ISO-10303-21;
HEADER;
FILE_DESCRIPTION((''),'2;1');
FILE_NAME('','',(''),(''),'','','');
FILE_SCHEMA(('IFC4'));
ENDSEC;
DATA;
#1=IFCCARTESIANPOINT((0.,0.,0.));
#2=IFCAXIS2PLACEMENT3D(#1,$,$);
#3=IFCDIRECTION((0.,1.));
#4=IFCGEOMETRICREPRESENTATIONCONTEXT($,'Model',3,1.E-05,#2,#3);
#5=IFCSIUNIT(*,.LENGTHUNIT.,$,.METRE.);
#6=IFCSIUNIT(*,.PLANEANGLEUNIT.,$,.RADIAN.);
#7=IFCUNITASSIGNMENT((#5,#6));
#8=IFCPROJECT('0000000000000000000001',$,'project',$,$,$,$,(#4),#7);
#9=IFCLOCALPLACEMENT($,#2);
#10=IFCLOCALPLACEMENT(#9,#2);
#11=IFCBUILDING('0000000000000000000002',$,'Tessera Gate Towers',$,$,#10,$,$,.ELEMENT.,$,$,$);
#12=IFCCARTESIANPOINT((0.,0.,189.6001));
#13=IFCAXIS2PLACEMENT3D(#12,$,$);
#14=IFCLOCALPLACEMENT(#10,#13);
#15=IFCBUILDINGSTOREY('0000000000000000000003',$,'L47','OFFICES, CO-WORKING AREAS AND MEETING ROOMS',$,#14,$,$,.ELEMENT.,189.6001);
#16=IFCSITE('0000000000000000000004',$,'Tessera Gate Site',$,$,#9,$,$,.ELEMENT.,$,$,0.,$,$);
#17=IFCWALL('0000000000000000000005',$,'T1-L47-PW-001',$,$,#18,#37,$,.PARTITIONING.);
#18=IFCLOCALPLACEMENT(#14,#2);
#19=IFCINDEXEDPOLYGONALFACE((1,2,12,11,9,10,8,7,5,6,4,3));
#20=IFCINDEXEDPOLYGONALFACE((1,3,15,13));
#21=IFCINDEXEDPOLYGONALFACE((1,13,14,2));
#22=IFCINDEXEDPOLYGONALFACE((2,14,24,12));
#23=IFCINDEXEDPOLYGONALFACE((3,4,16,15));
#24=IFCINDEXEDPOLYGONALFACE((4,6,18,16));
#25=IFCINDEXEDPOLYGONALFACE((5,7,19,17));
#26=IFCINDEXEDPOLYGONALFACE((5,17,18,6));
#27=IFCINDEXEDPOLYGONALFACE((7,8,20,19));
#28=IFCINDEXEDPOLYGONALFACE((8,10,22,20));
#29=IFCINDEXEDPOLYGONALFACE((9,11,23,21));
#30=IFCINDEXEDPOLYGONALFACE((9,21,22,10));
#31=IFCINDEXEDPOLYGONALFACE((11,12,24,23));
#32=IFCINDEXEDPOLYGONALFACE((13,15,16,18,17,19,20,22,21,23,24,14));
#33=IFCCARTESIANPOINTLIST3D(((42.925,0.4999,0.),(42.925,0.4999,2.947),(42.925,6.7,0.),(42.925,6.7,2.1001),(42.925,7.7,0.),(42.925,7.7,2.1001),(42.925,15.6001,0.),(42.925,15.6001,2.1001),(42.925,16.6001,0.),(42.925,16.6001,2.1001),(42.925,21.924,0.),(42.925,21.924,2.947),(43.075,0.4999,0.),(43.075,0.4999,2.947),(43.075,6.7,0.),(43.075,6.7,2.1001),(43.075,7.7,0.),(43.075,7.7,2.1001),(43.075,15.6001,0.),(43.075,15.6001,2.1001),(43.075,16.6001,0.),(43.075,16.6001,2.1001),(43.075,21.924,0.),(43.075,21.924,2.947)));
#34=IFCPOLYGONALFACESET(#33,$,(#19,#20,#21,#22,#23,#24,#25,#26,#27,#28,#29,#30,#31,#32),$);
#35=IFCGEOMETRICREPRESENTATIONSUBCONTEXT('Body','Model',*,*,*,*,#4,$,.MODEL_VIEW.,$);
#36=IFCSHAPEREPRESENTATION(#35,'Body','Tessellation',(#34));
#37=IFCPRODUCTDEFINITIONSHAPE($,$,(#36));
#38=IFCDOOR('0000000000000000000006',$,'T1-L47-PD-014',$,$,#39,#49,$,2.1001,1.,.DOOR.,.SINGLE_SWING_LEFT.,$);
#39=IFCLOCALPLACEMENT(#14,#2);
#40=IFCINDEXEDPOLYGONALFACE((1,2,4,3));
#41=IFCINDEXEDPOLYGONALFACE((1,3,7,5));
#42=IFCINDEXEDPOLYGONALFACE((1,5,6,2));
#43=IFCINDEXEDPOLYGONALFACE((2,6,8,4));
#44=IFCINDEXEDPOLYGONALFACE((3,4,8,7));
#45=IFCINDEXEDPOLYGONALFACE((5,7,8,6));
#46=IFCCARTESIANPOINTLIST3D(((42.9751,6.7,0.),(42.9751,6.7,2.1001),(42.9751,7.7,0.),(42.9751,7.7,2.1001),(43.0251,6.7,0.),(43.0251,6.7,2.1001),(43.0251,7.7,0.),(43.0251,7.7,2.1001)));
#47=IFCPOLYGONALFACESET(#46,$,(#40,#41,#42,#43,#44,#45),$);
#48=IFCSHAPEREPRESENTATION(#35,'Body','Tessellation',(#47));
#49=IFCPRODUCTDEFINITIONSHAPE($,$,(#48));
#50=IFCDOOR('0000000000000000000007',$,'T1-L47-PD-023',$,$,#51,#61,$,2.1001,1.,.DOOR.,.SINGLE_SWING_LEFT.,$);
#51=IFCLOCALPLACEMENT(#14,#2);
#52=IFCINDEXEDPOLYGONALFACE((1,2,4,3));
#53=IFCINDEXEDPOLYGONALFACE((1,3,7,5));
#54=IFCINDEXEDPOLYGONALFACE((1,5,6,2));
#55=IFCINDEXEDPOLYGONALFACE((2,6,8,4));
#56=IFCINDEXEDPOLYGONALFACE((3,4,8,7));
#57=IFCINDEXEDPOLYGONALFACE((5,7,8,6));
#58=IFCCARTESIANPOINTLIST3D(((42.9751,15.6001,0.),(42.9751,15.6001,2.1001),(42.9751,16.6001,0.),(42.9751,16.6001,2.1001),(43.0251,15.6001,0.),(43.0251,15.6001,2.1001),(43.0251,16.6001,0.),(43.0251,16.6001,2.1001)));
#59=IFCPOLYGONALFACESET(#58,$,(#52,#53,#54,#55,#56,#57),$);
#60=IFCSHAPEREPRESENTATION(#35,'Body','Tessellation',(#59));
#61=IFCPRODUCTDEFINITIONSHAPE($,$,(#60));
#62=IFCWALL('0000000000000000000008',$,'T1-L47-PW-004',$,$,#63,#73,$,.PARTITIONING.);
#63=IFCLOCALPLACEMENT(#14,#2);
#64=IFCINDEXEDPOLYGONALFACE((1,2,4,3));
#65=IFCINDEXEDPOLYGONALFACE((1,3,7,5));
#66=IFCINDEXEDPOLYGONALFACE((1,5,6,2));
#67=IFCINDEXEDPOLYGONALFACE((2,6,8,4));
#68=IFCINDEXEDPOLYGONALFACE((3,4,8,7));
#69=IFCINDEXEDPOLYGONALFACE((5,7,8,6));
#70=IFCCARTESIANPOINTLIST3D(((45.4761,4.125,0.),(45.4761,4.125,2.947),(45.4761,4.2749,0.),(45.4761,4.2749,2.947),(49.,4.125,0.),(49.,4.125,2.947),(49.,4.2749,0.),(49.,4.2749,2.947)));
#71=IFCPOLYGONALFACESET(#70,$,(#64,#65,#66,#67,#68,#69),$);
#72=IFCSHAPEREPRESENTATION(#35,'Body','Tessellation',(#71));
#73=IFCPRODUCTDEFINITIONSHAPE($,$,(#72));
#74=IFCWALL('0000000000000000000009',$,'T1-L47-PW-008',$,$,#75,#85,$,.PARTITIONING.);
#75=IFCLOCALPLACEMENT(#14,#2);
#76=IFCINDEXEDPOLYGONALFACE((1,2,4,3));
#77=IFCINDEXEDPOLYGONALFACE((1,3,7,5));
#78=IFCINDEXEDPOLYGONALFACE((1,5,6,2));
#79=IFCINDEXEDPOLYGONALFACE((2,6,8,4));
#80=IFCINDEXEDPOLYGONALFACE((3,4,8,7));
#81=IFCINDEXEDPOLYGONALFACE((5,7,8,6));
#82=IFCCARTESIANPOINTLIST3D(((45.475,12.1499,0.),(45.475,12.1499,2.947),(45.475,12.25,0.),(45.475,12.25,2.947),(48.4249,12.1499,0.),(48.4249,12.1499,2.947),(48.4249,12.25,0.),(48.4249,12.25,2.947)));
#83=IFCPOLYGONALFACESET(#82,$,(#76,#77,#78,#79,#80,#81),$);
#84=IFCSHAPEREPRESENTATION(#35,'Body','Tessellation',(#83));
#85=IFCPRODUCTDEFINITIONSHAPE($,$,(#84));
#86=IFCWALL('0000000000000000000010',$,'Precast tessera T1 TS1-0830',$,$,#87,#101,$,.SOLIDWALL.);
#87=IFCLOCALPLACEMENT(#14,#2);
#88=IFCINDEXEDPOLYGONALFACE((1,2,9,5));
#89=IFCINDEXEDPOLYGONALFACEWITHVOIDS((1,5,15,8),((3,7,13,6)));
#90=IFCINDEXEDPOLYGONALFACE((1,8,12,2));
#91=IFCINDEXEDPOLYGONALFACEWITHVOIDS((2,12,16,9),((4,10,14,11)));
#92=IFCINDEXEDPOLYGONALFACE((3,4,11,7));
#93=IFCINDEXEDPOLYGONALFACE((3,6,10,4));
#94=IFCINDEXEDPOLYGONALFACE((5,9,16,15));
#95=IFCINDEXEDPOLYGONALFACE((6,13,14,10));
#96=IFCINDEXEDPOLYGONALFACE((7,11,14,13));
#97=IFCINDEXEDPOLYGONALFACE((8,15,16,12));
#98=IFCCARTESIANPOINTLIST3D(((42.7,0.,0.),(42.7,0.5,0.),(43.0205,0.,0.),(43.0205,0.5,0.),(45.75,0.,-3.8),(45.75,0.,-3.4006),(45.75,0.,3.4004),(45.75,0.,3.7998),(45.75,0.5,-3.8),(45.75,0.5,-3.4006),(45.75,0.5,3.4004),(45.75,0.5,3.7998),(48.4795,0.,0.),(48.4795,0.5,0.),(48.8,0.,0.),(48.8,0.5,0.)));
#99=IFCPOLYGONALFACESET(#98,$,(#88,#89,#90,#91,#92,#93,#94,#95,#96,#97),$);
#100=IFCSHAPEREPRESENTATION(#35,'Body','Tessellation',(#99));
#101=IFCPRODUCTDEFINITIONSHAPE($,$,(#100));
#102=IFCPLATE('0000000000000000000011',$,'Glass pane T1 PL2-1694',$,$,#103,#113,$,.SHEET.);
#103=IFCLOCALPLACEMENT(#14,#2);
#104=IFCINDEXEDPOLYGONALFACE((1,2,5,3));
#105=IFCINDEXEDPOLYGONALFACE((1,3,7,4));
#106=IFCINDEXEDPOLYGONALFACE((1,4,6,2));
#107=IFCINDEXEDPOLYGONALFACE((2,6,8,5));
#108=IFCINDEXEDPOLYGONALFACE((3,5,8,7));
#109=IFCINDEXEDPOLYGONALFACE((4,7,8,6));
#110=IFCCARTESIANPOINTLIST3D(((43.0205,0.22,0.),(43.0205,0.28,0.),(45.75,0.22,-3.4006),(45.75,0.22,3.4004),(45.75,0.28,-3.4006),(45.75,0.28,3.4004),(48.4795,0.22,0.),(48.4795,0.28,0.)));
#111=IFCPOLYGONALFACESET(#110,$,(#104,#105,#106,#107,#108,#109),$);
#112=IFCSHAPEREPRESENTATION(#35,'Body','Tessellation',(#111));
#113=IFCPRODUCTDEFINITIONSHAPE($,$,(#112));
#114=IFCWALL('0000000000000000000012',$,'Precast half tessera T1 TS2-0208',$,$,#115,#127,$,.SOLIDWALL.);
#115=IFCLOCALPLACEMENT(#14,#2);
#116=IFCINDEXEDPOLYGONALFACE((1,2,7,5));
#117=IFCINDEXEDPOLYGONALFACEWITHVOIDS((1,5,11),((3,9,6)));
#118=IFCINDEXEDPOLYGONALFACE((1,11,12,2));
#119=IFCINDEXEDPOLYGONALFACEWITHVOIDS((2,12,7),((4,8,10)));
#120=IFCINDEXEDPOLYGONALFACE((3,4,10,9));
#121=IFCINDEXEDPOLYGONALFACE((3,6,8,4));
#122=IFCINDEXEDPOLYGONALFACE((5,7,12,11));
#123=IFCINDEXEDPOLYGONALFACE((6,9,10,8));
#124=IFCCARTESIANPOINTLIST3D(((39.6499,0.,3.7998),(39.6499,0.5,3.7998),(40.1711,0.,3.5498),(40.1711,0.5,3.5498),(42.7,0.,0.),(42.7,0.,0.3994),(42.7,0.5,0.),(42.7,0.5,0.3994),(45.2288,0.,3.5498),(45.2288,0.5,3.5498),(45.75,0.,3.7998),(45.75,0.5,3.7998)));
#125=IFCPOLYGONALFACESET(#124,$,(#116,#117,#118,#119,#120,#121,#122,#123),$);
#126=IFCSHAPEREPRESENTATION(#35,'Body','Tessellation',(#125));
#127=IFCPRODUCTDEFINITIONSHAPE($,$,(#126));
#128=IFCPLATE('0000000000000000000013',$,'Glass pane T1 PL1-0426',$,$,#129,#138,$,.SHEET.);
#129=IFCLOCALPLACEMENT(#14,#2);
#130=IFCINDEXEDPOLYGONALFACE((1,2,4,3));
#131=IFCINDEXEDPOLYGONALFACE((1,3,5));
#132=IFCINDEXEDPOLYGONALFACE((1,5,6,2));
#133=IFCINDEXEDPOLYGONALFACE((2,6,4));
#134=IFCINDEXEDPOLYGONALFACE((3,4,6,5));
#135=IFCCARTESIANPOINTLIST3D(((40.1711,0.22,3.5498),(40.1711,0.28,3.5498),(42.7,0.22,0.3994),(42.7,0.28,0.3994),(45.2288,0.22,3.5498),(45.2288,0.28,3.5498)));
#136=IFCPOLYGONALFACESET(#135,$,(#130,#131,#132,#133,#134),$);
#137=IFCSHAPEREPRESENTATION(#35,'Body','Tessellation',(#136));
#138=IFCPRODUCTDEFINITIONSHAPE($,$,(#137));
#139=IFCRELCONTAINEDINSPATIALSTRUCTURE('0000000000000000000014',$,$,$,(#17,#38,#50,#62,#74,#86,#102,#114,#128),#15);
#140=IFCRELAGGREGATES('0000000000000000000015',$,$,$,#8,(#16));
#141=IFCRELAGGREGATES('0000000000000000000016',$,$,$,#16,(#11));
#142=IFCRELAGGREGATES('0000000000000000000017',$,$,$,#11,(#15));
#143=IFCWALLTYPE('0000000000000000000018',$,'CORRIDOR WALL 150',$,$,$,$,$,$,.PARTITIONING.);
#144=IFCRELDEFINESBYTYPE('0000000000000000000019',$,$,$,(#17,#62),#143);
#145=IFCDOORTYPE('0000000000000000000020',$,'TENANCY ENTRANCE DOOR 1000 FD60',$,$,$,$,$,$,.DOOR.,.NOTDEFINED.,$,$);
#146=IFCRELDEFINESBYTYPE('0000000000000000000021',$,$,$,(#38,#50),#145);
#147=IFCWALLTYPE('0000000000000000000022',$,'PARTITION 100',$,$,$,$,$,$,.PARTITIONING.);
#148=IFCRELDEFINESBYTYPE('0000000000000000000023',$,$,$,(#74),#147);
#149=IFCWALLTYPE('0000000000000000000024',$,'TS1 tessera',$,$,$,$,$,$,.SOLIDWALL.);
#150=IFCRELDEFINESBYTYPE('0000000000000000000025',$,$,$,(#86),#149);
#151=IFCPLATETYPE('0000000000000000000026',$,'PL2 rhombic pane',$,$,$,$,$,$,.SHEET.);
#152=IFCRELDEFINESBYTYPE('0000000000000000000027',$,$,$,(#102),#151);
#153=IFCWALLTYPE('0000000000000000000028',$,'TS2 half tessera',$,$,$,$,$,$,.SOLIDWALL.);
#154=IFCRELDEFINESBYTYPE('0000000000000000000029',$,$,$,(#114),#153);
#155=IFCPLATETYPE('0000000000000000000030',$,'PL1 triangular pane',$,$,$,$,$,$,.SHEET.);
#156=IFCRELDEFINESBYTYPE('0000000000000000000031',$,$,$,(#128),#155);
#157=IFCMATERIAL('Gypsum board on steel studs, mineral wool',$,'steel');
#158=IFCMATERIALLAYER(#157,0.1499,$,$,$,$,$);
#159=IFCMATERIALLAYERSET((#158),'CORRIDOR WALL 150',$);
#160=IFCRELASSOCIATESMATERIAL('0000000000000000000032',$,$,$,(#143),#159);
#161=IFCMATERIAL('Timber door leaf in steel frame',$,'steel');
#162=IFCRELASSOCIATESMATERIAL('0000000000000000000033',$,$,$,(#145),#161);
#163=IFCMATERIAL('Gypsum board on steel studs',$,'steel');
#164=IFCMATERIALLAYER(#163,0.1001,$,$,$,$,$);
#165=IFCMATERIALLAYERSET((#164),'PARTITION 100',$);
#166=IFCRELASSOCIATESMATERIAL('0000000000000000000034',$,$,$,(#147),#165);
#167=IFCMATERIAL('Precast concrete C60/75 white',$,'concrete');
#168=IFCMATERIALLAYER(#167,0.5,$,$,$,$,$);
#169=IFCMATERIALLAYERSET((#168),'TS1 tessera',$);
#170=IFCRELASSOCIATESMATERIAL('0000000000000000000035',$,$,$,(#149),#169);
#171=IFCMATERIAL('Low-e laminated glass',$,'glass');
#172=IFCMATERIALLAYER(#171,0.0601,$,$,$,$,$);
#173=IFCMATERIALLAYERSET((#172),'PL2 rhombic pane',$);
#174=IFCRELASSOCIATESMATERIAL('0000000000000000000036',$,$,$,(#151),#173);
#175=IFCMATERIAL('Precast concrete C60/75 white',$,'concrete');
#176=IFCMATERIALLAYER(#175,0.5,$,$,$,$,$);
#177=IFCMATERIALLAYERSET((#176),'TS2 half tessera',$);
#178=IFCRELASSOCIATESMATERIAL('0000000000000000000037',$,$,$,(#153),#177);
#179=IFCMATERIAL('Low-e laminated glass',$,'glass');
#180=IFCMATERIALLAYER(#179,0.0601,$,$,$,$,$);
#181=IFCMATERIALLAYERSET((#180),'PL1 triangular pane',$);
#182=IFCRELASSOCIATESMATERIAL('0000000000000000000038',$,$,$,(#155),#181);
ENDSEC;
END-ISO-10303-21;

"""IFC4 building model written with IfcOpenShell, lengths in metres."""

from ifc_helpers import new_model, si_unit, direction, frame, frame_2d, origin, place, context, subcontext, project, spatial, polyline, rectangle, outline, extrude, source, transform, mapped, material, layer, layer_set, type_object, element, fill, save


model = new_model("IFC4")

# Units and contexts
model_context = context("Model", 3, precision=1e-05, world=origin(), true_north=direction((0.0, 1.0)))
body_context = subcontext(model_context, "Body", "Model", "MODEL_VIEW")
ifc_project = project(units=[si_unit("LENGTHUNIT", "METRE"), si_unit("PLANEANGLEUNIT", "RADIAN")], contexts=[model_context])

# Site, building, storey
site_placement = place(None, origin())
site = spatial("IfcSite", under=ifc_project, at=site_placement, Name="Tessera Gate Site", CompositionType="ELEMENT", RefElevation=0.0)
building_placement = place(site_placement, origin())
building = spatial("IfcBuilding", under=site, at=building_placement, Name="Tessera Gate Towers", CompositionType="ELEMENT")
storey_placement = place(building_placement, frame((0.0, 0.0, 189.6001)))
storey = spatial("IfcBuildingStorey", under=building, at=storey_placement, Name="L47", Description="OFFICES, CO-WORKING AREAS AND MEETING ROOMS", CompositionType="ELEMENT", Elevation=189.6001)

# Wall, openings, doors
ifc_material_1 = material(Name="Gypsum board on steel studs, mineral wool", Category="steel")
ifc_layer_1 = layer(ifc_material_1, 0.1499)
ifc_layer_set_1 = layer_set([ifc_layer_1], Name="CORRIDOR WALL 150")
wall_type_1 = type_object("IfcWallType", Name="CORRIDOR WALL 150", PredefinedType="PARTITIONING", material=ifc_layer_set_1)
wall_1_placement = place(storey_placement, frame((43.0, 0.5, 0.0), z_axis=(0.0, 0.0, 1.0), x_axis=(0.0, 1.0, 0.0)))
wall_1 = element("IfcWall", 1, at=wall_1_placement, inside=storey, type_object=wall_type_1, Name="T1-L47-PW-001", PredefinedType="PARTITIONING", context=body_context, shape_type="SweptSolid", body=[
    extrude(rectangle(XDim=21.4241, YDim=0.1499, at=frame_2d((10.7119, 0.0))), origin(), (0.0, 0.0, 1.0), 2.947),
])
shared_shape_1 = source(origin(), body_context, "Body", "SweptSolid", [
    extrude(rectangle(XDim=1.0, YDim=2.1001, at=frame_2d((0.5, 1.05))), frame((0.0, 0.085, 0.0), z_axis=(0.0, -1.0, 0.0), x_axis=(1.0, 0.0, 0.0)), (0.0, 0.0, 1.0), 0.1699),
])
opening_1_placement = place(wall_1_placement, frame((6.2, 0.0, 0.0)))
opening_1 = element("IfcOpeningElement", 2, at=opening_1_placement, cuts=wall_1, PredefinedType="OPENING", context=body_context, shape_type="MappedRepresentation", body=[
    mapped(shared_shape_1, transform((0.0, 0.0, 0.0), scale=1.0)),
])
opening_2_placement = place(wall_1_placement, frame((15.1001, 0.0, 0.0)))
opening_2 = element("IfcOpeningElement", 3, at=opening_2_placement, cuts=wall_1, PredefinedType="OPENING", context=body_context, shape_type="MappedRepresentation", body=[
    mapped(shared_shape_1, transform((0.0, 0.0, 0.0), scale=1.0)),
])
ifc_material_2 = material(Name="Timber door leaf in steel frame", Category="steel")
door_type = type_object("IfcDoorType", Name="TENANCY ENTRANCE DOOR 1000 FD60", OperationType="NOTDEFINED", PredefinedType="DOOR", material=ifc_material_2)
shared_shape_2 = source(origin(), body_context, "Body", "SweptSolid", [
    extrude(rectangle(XDim=1.0, YDim=2.1001, at=frame_2d((0.5, 1.05))), frame((0.0, 0.0249, 0.0), z_axis=(0.0, -1.0, 0.0), x_axis=(1.0, 0.0, 0.0)), (0.0, 0.0, 1.0), 0.05),
])
door_1_placement = place(opening_1_placement, origin())
door_1 = element("IfcDoor", 4, at=door_1_placement, inside=storey, type_object=door_type, Name="T1-L47-PD-014", OperationType="SINGLE_SWING_LEFT", OverallHeight=2.1001, OverallWidth=1.0, PredefinedType="DOOR", context=body_context, shape_type="MappedRepresentation", body=[
    mapped(shared_shape_2, transform((0.0, 0.0, 0.0), scale=1.0)),
])
fill(opening_1, door_1)
door_2_placement = place(opening_2_placement, origin())
door_2 = element("IfcDoor", 5, at=door_2_placement, inside=storey, type_object=door_type, Name="T1-L47-PD-023", OperationType="SINGLE_SWING_LEFT", OverallHeight=2.1001, OverallWidth=1.0, PredefinedType="DOOR", context=body_context, shape_type="MappedRepresentation", body=[
    mapped(shared_shape_2, transform((0.0, 0.0, 0.0), scale=1.0)),
])
fill(opening_2, door_2)

# Walls
wall_2_placement = place(storey_placement, frame((45.4761, 4.2, 0.0), z_axis=(0.0, 0.0, 1.0), x_axis=(1.0, 0.0, 0.0)))
element("IfcWall", 6, at=wall_2_placement, inside=storey, type_object=wall_type_1, Name="T1-L47-PW-004", PredefinedType="PARTITIONING", context=body_context, shape_type="SweptSolid", body=[
    extrude(rectangle(XDim=3.5239, YDim=0.1499, at=frame_2d((1.762, 0.0))), origin(), (0.0, 0.0, 1.0), 2.947),
])
ifc_material_3 = material(Name="Gypsum board on steel studs", Category="steel")
ifc_layer_2 = layer(ifc_material_3, 0.1001)
ifc_layer_set_2 = layer_set([ifc_layer_2], Name="PARTITION 100")
wall_type_2 = type_object("IfcWallType", Name="PARTITION 100", PredefinedType="PARTITIONING", material=ifc_layer_set_2)
wall_3_placement = place(storey_placement, frame((48.425, 12.2, 0.0), z_axis=(0.0, 0.0, 1.0), x_axis=(-1.0, 0.0, 0.0)))
element("IfcWall", 7, at=wall_3_placement, inside=storey, type_object=wall_type_2, Name="T1-L47-PW-008", PredefinedType="PARTITIONING", context=body_context, shape_type="SweptSolid", body=[
    extrude(rectangle(XDim=2.95, YDim=0.1001, at=frame_2d((1.4751, 0.0))), origin(), (0.0, 0.0, 1.0), 2.947),
])

# Walls, openings, plates
ifc_material_4 = material(Name="Precast concrete C60/75 white", Category="concrete")
ifc_layer_3 = layer(ifc_material_4, 0.5)
ifc_layer_set_3 = layer_set([ifc_layer_3], Name="TS1 tessera")
wall_type_3 = type_object("IfcWallType", Name="TS1 tessera", PredefinedType="SOLIDWALL", material=ifc_layer_set_3)
shared_shape_3 = source(origin(), body_context, "Body", "SweptSolid", [
    extrude(outline(polyline([(3.05, 0.0), (6.1001, 3.8), (3.05, 7.5999), (0.0, 3.8), (3.05, 0.0)])), frame((0.0, 0.25, 0.0), z_axis=(0.0, -1.0, 0.0), x_axis=(1.0, 0.0, 0.0)), (0.0, 0.0, 1.0), 0.5),
])
wall_4_placement = place(storey_placement, frame((42.7, 0.25, -3.8), z_axis=(0.0, 0.0, 1.0), x_axis=(1.0, 0.0, 0.0)))
wall_4 = element("IfcWall", 8, at=wall_4_placement, inside=storey, type_object=wall_type_3, Name="Precast tessera T1 TS1-0830", PredefinedType="SOLIDWALL", context=body_context, shape_type="MappedRepresentation", body=[
    mapped(shared_shape_3, transform((0.0, 0.0, 0.0), scale=1.0)),
])
shared_shape_4 = source(origin(), body_context, "Body", "SweptSolid", [
    extrude(outline(polyline([(3.05, 0.3994), (5.7795, 3.8), (3.05, 7.2004), (0.3206, 3.8), (3.05, 0.3994)])), frame((0.0, 0.26, 0.0), z_axis=(0.0, -1.0, 0.0), x_axis=(1.0, 0.0, 0.0)), (0.0, 0.0, 1.0), 0.52),
])
opening_3_placement = place(wall_4_placement, origin())
opening_3 = element("IfcOpeningElement", 9, at=opening_3_placement, cuts=wall_4, PredefinedType="OPENING", context=body_context, shape_type="MappedRepresentation", body=[
    mapped(shared_shape_4, transform((0.0, 0.0, 0.0), scale=1.0)),
])
ifc_material_5 = material(Name="Low-e laminated glass", Category="glass")
ifc_layer_4 = layer(ifc_material_5, 0.0601)
ifc_layer_set_4 = layer_set([ifc_layer_4], Name="PL2 rhombic pane")
plate_type_1 = type_object("IfcPlateType", Name="PL2 rhombic pane", PredefinedType="SHEET", material=ifc_layer_set_4)
shared_shape_5 = source(origin(), body_context, "Body", "SweptSolid", [
    extrude(outline(polyline([(3.05, 0.3994), (5.7795, 3.8), (3.05, 7.2004), (0.3206, 3.8), (3.05, 0.3994)])), frame((0.0, 0.03, 0.0), z_axis=(0.0, -1.0, 0.0), x_axis=(1.0, 0.0, 0.0)), (0.0, 0.0, 1.0), 0.0601),
])
plate_1_placement = place(opening_3_placement, origin())
plate_1 = element("IfcPlate", 10, at=plate_1_placement, inside=storey, type_object=plate_type_1, Name="Glass pane T1 PL2-1694", PredefinedType="SHEET", context=body_context, shape_type="MappedRepresentation", body=[
    mapped(shared_shape_5, transform((0.0, 0.0, 0.0), scale=1.0)),
])
fill(opening_3, plate_1)
ifc_material_6 = material(Name="Precast concrete C60/75 white", Category="concrete")
ifc_layer_5 = layer(ifc_material_6, 0.5)
ifc_layer_set_5 = layer_set([ifc_layer_5], Name="TS2 half tessera")
wall_type_4 = type_object("IfcWallType", Name="TS2 half tessera", PredefinedType="SOLIDWALL", material=ifc_layer_set_5)
shared_shape_6 = source(origin(), body_context, "Body", "SweptSolid", [
    extrude(outline(polyline([(3.05, 0.0), (6.1001, 3.7998), (0.0, 3.7998), (3.05, 0.0)])), frame((0.0, 0.25, 0.0), z_axis=(0.0, -1.0, 0.0), x_axis=(1.0, 0.0, 0.0)), (0.0, 0.0, 1.0), 0.5),
])
wall_5_placement = place(storey_placement, frame((39.6499, 0.25, 0.0), z_axis=(0.0, 0.0, 1.0), x_axis=(1.0, 0.0, 0.0)))
wall_5 = element("IfcWall", 11, at=wall_5_placement, inside=storey, type_object=wall_type_4, Name="Precast half tessera T1 TS2-0208", PredefinedType="SOLIDWALL", context=body_context, shape_type="MappedRepresentation", body=[
    mapped(shared_shape_6, transform((0.0, 0.0, 0.0), scale=1.0)),
])
shared_shape_7 = source(origin(), body_context, "Body", "SweptSolid", [
    extrude(outline(polyline([(3.05, 0.3994), (5.5789, 3.5498), (0.5212, 3.5498), (3.05, 0.3994)])), frame((0.0, 0.26, 0.0), z_axis=(0.0, -1.0, 0.0), x_axis=(1.0, 0.0, 0.0)), (0.0, 0.0, 1.0), 0.52),
])
opening_4_placement = place(wall_5_placement, origin())
opening_4 = element("IfcOpeningElement", 12, at=opening_4_placement, cuts=wall_5, PredefinedType="OPENING", context=body_context, shape_type="MappedRepresentation", body=[
    mapped(shared_shape_7, transform((0.0, 0.0, 0.0), scale=1.0)),
])
ifc_material_7 = material(Name="Low-e laminated glass", Category="glass")
ifc_layer_6 = layer(ifc_material_7, 0.0601)
ifc_layer_set_6 = layer_set([ifc_layer_6], Name="PL1 triangular pane")
plate_type_2 = type_object("IfcPlateType", Name="PL1 triangular pane", PredefinedType="SHEET", material=ifc_layer_set_6)
shared_shape_8 = source(origin(), body_context, "Body", "SweptSolid", [
    extrude(outline(polyline([(3.05, 0.3994), (5.5789, 3.5498), (0.5212, 3.5498), (3.05, 0.3994)])), frame((0.0, 0.03, 0.0), z_axis=(0.0, -1.0, 0.0), x_axis=(1.0, 0.0, 0.0)), (0.0, 0.0, 1.0), 0.0601),
])
plate_2_placement = place(opening_4_placement, origin())
plate_2 = element("IfcPlate", 13, at=plate_2_placement, inside=storey, type_object=plate_type_2, Name="Glass pane T1 PL1-0426", PredefinedType="SHEET", context=body_context, shape_type="MappedRepresentation", body=[
    mapped(shared_shape_8, transform((0.0, 0.0, 0.0), scale=1.0)),
])
fill(opening_4, plate_2)

save(model, "model.ifc")
